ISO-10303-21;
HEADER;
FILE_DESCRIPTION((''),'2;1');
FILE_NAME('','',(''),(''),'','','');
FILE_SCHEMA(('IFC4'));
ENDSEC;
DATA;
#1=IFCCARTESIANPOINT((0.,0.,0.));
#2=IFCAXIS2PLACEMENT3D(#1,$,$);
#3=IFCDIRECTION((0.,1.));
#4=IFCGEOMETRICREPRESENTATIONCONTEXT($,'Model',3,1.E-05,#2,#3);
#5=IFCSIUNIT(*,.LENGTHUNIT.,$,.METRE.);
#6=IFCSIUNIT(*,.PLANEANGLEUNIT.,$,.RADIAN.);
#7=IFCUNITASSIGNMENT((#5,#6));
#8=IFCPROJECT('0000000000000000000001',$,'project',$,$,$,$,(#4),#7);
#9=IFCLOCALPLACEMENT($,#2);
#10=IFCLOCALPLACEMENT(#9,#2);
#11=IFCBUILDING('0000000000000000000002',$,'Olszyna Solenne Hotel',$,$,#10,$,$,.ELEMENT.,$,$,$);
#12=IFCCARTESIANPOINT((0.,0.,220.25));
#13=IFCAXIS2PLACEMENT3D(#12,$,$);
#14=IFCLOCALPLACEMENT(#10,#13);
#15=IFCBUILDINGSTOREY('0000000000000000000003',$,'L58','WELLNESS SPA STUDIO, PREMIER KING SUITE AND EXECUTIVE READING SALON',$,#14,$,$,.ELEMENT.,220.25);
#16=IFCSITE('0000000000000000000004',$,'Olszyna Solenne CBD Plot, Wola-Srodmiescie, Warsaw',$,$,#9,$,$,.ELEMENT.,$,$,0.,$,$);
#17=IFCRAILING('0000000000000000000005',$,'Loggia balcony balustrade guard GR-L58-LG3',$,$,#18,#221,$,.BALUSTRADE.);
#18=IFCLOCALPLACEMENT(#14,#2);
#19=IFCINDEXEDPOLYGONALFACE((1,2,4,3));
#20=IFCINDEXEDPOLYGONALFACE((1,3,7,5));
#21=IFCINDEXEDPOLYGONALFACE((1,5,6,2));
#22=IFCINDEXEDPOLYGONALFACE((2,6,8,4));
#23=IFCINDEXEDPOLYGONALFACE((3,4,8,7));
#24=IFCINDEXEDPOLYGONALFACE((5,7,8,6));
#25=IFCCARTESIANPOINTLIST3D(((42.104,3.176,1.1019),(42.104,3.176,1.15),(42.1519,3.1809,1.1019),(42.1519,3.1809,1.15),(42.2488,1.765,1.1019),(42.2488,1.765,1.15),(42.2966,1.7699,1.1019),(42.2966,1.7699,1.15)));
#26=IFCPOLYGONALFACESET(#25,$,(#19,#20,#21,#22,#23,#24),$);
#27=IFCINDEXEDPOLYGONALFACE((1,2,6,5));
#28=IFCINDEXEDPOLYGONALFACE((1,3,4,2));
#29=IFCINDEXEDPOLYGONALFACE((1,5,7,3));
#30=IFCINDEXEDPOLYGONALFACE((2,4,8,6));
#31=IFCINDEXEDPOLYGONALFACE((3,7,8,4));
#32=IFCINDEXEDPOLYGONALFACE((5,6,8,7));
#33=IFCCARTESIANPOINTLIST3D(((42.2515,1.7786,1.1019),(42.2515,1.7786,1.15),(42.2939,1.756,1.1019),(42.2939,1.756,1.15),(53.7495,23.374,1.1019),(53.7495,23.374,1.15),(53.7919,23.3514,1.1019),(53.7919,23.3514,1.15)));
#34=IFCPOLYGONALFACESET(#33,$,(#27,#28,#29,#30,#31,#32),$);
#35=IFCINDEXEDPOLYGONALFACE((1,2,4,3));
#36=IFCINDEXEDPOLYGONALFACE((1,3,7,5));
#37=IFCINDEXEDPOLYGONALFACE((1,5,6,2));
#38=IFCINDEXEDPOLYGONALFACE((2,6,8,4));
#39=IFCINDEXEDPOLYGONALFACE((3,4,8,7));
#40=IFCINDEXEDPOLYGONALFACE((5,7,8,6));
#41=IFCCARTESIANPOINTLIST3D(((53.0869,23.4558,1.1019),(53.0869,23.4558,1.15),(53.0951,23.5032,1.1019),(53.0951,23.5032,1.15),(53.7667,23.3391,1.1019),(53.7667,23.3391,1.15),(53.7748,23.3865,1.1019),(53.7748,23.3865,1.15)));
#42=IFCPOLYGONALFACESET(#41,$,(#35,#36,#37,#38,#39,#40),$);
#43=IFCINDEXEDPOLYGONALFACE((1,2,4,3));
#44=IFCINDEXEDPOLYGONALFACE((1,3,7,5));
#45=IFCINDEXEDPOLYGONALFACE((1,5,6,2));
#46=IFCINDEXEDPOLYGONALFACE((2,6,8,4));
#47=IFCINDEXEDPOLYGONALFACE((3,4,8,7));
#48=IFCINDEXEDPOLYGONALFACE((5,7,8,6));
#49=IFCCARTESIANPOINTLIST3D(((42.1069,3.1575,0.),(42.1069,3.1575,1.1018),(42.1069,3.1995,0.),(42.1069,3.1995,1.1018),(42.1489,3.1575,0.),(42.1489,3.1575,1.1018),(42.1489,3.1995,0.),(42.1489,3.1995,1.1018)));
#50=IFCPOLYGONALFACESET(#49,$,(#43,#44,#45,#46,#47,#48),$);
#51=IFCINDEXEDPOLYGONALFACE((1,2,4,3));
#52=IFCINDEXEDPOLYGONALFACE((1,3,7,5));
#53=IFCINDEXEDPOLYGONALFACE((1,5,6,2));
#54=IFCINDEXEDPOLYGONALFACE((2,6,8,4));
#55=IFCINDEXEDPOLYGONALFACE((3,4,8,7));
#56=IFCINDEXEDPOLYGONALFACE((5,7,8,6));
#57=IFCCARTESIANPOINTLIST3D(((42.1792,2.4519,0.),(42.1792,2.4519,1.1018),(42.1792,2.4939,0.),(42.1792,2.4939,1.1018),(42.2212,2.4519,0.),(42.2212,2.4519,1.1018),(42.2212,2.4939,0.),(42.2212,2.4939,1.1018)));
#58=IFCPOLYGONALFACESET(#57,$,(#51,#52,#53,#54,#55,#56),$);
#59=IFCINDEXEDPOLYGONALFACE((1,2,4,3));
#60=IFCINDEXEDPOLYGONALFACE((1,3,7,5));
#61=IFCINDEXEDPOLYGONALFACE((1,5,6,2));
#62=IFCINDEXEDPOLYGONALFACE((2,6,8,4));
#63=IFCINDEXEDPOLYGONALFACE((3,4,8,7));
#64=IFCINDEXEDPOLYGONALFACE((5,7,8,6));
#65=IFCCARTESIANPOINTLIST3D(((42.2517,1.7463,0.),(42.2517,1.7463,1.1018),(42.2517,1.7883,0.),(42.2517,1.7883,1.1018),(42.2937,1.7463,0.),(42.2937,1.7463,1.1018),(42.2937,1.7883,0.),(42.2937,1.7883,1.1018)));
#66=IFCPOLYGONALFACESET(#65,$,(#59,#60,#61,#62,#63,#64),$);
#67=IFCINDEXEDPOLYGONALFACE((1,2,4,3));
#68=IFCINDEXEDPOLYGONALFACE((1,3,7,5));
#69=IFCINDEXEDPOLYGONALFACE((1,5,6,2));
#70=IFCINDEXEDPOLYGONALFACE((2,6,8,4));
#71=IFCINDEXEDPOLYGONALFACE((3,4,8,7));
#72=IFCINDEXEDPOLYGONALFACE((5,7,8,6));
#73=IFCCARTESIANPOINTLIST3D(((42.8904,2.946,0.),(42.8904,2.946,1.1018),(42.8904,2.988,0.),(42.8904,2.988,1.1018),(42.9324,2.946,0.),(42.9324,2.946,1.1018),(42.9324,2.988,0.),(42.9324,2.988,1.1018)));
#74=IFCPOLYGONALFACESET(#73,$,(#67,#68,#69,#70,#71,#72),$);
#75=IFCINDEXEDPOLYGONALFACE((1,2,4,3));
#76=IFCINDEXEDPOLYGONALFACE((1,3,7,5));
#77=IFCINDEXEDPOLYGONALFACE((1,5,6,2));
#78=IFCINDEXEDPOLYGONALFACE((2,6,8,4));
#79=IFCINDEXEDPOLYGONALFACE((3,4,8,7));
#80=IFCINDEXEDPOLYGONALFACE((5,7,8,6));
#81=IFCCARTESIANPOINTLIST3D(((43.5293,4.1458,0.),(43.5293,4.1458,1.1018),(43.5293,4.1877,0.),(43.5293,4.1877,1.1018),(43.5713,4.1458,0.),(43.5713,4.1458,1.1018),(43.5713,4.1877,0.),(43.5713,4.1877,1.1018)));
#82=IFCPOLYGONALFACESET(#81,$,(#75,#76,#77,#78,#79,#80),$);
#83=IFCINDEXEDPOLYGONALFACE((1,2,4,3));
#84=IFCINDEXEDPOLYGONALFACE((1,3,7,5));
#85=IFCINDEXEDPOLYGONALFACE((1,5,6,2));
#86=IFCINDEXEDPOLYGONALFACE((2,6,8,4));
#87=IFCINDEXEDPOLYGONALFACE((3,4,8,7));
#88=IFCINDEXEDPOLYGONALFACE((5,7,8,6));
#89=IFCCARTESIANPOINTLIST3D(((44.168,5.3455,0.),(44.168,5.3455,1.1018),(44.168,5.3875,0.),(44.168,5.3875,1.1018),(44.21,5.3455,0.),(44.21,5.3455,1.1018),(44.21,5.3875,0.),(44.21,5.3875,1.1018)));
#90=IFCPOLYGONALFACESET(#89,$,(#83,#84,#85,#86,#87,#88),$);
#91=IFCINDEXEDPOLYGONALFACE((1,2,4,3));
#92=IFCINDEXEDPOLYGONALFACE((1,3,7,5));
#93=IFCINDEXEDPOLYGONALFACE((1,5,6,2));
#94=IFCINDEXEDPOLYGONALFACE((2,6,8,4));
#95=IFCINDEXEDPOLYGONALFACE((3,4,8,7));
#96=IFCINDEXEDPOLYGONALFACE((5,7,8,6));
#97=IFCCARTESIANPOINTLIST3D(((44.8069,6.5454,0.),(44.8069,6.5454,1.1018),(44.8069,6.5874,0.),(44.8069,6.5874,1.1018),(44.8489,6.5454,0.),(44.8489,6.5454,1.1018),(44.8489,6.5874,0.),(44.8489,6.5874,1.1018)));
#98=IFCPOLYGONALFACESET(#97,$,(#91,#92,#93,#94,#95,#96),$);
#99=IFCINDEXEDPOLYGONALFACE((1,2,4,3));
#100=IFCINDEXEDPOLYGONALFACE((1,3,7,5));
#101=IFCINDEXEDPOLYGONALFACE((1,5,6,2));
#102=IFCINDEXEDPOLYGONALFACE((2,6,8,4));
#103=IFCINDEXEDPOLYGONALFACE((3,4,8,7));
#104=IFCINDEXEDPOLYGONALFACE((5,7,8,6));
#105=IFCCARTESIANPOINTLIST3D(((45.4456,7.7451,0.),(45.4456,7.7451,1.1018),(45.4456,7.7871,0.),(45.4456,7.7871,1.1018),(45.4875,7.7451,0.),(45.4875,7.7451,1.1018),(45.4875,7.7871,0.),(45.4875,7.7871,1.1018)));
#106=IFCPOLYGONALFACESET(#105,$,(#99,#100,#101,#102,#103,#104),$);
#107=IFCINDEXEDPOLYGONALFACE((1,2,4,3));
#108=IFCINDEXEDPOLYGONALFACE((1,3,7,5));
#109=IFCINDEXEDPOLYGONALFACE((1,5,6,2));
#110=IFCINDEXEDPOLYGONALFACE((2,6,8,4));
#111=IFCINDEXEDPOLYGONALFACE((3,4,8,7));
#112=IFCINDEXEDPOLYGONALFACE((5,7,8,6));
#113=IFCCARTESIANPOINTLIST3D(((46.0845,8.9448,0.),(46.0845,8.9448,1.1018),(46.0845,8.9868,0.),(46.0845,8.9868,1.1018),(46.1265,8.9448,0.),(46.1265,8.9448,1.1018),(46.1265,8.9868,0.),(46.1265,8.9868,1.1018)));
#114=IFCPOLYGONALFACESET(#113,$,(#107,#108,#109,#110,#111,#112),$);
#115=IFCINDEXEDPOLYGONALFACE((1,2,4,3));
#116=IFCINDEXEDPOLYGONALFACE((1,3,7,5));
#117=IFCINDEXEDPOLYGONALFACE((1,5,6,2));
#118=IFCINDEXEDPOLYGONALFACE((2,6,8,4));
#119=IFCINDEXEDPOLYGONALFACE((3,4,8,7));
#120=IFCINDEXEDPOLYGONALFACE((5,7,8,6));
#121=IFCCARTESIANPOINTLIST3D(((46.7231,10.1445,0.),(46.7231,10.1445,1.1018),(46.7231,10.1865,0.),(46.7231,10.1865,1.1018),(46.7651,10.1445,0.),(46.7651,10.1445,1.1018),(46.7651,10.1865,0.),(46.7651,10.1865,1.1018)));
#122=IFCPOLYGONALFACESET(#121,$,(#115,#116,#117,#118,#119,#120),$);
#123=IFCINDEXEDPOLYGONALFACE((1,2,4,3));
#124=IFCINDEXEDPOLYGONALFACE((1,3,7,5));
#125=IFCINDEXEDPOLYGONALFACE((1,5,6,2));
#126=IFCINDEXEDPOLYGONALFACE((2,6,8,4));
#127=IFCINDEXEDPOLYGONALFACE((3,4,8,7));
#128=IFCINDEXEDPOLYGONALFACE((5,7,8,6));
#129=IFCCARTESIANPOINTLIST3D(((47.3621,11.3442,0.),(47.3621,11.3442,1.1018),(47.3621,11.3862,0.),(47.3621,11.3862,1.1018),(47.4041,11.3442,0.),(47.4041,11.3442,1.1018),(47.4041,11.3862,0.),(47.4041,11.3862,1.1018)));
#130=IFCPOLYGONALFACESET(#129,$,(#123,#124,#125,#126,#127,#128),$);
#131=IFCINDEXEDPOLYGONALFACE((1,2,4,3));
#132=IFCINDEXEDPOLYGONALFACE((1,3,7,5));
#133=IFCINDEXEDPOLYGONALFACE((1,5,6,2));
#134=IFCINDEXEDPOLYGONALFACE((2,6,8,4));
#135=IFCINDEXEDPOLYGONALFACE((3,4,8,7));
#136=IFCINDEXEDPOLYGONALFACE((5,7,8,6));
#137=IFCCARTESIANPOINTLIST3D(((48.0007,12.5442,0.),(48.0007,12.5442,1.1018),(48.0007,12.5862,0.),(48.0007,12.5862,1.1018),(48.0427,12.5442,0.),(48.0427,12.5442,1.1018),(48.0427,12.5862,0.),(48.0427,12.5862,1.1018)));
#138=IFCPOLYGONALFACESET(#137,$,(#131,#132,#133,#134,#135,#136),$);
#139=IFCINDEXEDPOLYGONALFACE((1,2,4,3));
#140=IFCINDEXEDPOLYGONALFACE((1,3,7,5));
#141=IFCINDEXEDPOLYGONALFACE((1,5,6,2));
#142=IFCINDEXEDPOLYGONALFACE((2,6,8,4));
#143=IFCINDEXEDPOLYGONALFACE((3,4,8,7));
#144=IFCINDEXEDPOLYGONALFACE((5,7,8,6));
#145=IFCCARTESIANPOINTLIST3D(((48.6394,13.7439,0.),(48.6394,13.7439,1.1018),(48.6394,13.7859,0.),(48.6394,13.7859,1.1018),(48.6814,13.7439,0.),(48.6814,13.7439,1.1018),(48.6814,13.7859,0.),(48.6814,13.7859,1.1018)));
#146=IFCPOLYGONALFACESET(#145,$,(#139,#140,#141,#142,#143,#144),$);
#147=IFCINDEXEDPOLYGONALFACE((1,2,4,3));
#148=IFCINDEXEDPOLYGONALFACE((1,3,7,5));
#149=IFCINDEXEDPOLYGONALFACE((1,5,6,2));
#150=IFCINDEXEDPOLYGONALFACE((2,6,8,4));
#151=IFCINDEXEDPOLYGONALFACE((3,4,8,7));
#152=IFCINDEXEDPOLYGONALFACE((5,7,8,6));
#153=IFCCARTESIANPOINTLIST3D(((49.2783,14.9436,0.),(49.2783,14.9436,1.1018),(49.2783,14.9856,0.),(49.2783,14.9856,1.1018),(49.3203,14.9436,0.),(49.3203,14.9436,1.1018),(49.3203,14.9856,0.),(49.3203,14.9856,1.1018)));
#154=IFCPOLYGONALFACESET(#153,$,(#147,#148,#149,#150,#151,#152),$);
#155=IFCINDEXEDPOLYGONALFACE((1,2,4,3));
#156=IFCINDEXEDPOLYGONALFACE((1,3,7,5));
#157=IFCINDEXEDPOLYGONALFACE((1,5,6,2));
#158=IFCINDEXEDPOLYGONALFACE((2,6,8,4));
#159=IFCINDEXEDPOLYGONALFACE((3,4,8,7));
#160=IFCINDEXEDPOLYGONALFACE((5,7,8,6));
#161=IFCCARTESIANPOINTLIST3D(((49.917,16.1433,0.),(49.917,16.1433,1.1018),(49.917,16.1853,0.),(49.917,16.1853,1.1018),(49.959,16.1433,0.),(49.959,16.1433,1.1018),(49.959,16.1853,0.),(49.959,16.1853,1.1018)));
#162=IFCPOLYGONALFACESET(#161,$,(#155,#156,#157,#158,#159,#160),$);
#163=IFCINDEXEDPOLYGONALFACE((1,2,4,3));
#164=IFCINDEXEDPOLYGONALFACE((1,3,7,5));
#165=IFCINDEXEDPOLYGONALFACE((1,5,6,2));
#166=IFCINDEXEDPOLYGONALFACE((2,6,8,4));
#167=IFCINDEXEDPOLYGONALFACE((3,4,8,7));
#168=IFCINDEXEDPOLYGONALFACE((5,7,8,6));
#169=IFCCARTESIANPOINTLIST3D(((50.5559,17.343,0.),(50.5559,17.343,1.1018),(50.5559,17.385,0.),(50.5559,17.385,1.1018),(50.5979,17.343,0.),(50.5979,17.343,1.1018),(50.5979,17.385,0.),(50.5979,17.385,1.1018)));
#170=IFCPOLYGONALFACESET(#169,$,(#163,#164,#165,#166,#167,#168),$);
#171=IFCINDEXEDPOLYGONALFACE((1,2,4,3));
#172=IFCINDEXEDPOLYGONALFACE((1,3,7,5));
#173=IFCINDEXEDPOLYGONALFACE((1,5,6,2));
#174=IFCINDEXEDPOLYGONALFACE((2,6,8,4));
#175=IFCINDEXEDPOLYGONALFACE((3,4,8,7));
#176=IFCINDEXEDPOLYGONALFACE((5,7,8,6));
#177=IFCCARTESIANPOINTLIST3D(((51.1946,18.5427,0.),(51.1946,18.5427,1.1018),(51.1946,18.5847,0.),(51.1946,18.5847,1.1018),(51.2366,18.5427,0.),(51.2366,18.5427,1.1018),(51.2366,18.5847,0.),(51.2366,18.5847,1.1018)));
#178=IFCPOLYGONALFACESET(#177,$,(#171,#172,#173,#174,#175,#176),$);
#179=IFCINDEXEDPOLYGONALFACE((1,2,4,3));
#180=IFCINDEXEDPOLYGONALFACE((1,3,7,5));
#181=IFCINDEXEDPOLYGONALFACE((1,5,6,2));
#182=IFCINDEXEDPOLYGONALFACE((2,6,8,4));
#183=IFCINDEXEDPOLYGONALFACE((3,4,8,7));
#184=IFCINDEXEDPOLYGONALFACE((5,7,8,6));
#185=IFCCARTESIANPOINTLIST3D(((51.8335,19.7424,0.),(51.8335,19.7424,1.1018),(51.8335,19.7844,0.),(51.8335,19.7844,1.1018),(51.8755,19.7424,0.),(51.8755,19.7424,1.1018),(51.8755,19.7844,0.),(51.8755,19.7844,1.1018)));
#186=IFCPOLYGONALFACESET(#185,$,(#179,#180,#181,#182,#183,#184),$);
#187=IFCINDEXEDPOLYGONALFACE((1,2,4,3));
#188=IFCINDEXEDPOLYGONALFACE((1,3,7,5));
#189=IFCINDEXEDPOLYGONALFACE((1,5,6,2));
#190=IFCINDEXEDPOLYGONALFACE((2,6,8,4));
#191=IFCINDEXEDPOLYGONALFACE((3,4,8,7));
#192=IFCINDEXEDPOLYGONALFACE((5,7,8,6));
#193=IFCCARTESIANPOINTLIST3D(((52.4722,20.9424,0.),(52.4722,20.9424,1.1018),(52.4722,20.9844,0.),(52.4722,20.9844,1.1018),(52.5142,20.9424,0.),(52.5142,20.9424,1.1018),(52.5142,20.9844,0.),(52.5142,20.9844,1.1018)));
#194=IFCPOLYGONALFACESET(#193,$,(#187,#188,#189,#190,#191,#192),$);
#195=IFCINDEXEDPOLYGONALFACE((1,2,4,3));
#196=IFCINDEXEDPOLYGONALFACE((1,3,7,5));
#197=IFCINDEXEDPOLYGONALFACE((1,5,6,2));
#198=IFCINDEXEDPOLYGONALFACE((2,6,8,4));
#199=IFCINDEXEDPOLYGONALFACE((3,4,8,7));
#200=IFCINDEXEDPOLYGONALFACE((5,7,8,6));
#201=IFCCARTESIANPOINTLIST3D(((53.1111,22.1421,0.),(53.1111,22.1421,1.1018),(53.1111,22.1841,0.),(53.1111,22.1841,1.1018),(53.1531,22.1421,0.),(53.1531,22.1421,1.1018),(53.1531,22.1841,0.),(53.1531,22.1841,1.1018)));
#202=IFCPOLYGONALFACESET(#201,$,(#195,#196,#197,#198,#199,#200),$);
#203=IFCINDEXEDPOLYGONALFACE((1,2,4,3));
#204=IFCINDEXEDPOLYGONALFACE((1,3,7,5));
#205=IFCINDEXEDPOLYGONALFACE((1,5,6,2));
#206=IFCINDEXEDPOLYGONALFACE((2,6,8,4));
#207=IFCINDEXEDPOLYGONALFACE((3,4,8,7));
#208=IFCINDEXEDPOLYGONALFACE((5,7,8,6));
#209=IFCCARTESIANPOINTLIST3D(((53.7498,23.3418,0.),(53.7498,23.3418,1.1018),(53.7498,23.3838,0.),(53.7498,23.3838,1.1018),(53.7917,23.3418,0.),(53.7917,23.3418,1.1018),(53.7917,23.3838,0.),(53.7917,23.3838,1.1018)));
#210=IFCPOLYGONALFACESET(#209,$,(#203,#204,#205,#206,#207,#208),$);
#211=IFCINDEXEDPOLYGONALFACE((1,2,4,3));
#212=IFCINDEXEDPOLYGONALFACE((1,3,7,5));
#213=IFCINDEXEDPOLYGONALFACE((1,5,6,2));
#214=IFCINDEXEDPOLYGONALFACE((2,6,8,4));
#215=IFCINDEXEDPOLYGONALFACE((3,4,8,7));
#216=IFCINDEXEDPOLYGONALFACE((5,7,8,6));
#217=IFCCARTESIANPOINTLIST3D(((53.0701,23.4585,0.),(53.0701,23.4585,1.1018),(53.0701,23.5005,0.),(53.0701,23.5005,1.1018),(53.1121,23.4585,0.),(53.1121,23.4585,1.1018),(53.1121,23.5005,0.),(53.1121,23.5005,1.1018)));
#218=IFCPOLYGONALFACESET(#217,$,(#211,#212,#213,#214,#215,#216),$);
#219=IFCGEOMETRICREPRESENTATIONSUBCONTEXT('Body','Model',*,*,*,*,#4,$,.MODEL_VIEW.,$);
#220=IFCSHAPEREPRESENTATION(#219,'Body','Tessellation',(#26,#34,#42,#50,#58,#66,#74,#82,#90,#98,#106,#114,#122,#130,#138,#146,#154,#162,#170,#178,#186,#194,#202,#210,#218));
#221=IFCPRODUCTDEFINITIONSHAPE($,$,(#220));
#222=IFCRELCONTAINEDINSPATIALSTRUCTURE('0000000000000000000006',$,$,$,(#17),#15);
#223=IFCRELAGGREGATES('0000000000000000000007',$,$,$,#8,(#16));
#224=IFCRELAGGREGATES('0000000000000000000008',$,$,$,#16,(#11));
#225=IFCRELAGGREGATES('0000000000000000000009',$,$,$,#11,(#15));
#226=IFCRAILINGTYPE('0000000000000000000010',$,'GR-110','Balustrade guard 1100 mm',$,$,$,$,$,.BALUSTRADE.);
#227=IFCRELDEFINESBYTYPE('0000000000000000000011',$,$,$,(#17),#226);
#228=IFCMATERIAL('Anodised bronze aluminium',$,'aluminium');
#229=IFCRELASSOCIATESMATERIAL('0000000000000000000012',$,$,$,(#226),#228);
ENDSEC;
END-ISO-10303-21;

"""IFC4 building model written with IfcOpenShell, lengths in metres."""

from ifc_helpers import new_model, si_unit, direction, frame, origin, origin_2d, place, context, subcontext, project, spatial, rectangle, extrude, material, type_object, element, save


model = new_model("IFC4")

# Units and contexts
model_context = context("Model", 3, precision=1e-05, world=origin(), true_north=direction((0.0, 1.0)))
body_context = subcontext(model_context, "Body", "Model", "MODEL_VIEW")
ifc_project = project(units=[si_unit("LENGTHUNIT", "METRE"), si_unit("PLANEANGLEUNIT", "RADIAN")], contexts=[model_context])

# Site, building, storey
site_placement = place(None, origin())
site = spatial("IfcSite", under=ifc_project, at=site_placement, Name="Olszyna Solenne CBD Plot, Wola-Srodmiescie, Warsaw", CompositionType="ELEMENT", RefElevation=0.0)
building_placement = place(site_placement, origin())
building = spatial("IfcBuilding", under=site, at=building_placement, Name="Olszyna Solenne Hotel", CompositionType="ELEMENT")
storey_placement = place(building_placement, frame((0.0, 0.0, 220.25)))
storey = spatial("IfcBuildingStorey", under=building, at=storey_placement, Name="L58", Description="WELLNESS SPA STUDIO, PREMIER KING SUITE AND EXECUTIVE READING SALON", CompositionType="ELEMENT", Elevation=220.25)

# Shared definitions
ifc_material_1 = material(Name="Anodised bronze aluminium", Category="aluminium")

# Railing
railing_type = type_object("IfcRailingType", Name="GR-110", Description="Balustrade guard 1100 mm", PredefinedType="BALUSTRADE", material=ifc_material_1)
railing_1_placement = place(storey_placement, frame((42.1279, 3.1785, 0.0)))
element("IfcRailing", 1, at=railing_1_placement, inside=storey, type_object=railing_type, Name="Loggia balcony balustrade guard GR-L58-LG3", PredefinedType="BALUSTRADE", context=body_context, shape_type="SweptSolid", body=[
    extrude(rectangle(XDim=0.0481, YDim=0.0481, at=origin_2d()), frame((0.0, 0.0, 1.126), z_axis=(0.102059, -0.994778, 0.0), x_axis=(0.994778, 0.102059, 0.0)), (0.0, 0.0, 1.0), 1.4185),
    extrude(rectangle(XDim=0.0481, YDim=0.0481, at=origin_2d()), frame((0.1448, -1.4111, 1.126), z_axis=(0.469967, 0.882684, 0.0), x_axis=(-0.882684, 0.469967, 0.0)), (0.0, 0.0, 1.0), 24.4656),
    extrude(rectangle(XDim=0.0481, YDim=0.0481, at=origin_2d()), frame((11.6428, 20.1843, 1.126), z_axis=(-0.985578, 0.169219, 0.0), x_axis=(-0.169219, -0.985578, 0.0)), (0.0, 0.0, 1.0), 0.6897),
    extrude(rectangle(XDim=0.042, YDim=0.042, at=origin_2d()), origin(), (0.0, 0.0, 1.0), 1.1018),
    extrude(rectangle(XDim=0.042, YDim=0.042, at=origin_2d()), frame((0.0723, -0.7056, 0.0)), (0.0, 0.0, 1.0), 1.1018),
    extrude(rectangle(XDim=0.042, YDim=0.042, at=origin_2d()), frame((0.1448, -1.4111, 0.0)), (0.0, 0.0, 1.0), 1.1018),
    extrude(rectangle(XDim=0.042, YDim=0.042, at=origin_2d()), frame((0.7834, -0.2114, 0.0)), (0.0, 0.0, 1.0), 1.1018),
    extrude(rectangle(XDim=0.042, YDim=0.042, at=origin_2d()), frame((1.4224, 0.9883, 0.0)), (0.0, 0.0, 1.0), 1.1018),
    extrude(rectangle(XDim=0.042, YDim=0.042, at=origin_2d()), frame((2.061, 2.188, 0.0)), (0.0, 0.0, 1.0), 1.1018),
    extrude(rectangle(XDim=0.042, YDim=0.042, at=origin_2d()), frame((2.7, 3.3879, 0.0)), (0.0, 0.0, 1.0), 1.1018),
    extrude(rectangle(XDim=0.042, YDim=0.042, at=origin_2d()), frame((3.3386, 4.5876, 0.0)), (0.0, 0.0, 1.0), 1.1018),
    extrude(rectangle(XDim=0.042, YDim=0.042, at=origin_2d()), frame((3.9775, 5.7874, 0.0)), (0.0, 0.0, 1.0), 1.1018),
    extrude(rectangle(XDim=0.042, YDim=0.042, at=origin_2d()), frame((4.6162, 6.9871, 0.0)), (0.0, 0.0, 1.0), 1.1018),
    extrude(rectangle(XDim=0.042, YDim=0.042, at=origin_2d()), frame((5.2551, 8.1868, 0.0)), (0.0, 0.0, 1.0), 1.1018),
    extrude(rectangle(XDim=0.042, YDim=0.042, at=origin_2d()), frame((5.8938, 9.3867, 0.0)), (0.0, 0.0, 1.0), 1.1018),
    extrude(rectangle(XDim=0.042, YDim=0.042, at=origin_2d()), frame((6.5325, 10.5864, 0.0)), (0.0, 0.0, 1.0), 1.1018),
    extrude(rectangle(XDim=0.042, YDim=0.042, at=origin_2d()), frame((7.1714, 11.7861, 0.0)), (0.0, 0.0, 1.0), 1.1018),
    extrude(rectangle(XDim=0.042, YDim=0.042, at=origin_2d()), frame((7.8101, 12.9858, 0.0)), (0.0, 0.0, 1.0), 1.1018),
    extrude(rectangle(XDim=0.042, YDim=0.042, at=origin_2d()), frame((8.449, 14.1855, 0.0)), (0.0, 0.0, 1.0), 1.1018),
    extrude(rectangle(XDim=0.042, YDim=0.042, at=origin_2d()), frame((9.0876, 15.3853, 0.0)), (0.0, 0.0, 1.0), 1.1018),
    extrude(rectangle(XDim=0.042, YDim=0.042, at=origin_2d()), frame((9.7266, 16.585, 0.0)), (0.0, 0.0, 1.0), 1.1018),
    extrude(rectangle(XDim=0.042, YDim=0.042, at=origin_2d()), frame((10.3652, 17.7849, 0.0)), (0.0, 0.0, 1.0), 1.1018),
    extrude(rectangle(XDim=0.042, YDim=0.042, at=origin_2d()), frame((11.0042, 18.9846, 0.0)), (0.0, 0.0, 1.0), 1.1018),
    extrude(rectangle(XDim=0.042, YDim=0.042, at=origin_2d()), frame((11.6428, 20.1843, 0.0)), (0.0, 0.0, 1.0), 1.1018),
    extrude(rectangle(XDim=0.042, YDim=0.042, at=origin_2d()), frame((10.9631, 20.301, 0.0)), (0.0, 0.0, 1.0), 1.1018),
])

save(model, "model.ifc")
